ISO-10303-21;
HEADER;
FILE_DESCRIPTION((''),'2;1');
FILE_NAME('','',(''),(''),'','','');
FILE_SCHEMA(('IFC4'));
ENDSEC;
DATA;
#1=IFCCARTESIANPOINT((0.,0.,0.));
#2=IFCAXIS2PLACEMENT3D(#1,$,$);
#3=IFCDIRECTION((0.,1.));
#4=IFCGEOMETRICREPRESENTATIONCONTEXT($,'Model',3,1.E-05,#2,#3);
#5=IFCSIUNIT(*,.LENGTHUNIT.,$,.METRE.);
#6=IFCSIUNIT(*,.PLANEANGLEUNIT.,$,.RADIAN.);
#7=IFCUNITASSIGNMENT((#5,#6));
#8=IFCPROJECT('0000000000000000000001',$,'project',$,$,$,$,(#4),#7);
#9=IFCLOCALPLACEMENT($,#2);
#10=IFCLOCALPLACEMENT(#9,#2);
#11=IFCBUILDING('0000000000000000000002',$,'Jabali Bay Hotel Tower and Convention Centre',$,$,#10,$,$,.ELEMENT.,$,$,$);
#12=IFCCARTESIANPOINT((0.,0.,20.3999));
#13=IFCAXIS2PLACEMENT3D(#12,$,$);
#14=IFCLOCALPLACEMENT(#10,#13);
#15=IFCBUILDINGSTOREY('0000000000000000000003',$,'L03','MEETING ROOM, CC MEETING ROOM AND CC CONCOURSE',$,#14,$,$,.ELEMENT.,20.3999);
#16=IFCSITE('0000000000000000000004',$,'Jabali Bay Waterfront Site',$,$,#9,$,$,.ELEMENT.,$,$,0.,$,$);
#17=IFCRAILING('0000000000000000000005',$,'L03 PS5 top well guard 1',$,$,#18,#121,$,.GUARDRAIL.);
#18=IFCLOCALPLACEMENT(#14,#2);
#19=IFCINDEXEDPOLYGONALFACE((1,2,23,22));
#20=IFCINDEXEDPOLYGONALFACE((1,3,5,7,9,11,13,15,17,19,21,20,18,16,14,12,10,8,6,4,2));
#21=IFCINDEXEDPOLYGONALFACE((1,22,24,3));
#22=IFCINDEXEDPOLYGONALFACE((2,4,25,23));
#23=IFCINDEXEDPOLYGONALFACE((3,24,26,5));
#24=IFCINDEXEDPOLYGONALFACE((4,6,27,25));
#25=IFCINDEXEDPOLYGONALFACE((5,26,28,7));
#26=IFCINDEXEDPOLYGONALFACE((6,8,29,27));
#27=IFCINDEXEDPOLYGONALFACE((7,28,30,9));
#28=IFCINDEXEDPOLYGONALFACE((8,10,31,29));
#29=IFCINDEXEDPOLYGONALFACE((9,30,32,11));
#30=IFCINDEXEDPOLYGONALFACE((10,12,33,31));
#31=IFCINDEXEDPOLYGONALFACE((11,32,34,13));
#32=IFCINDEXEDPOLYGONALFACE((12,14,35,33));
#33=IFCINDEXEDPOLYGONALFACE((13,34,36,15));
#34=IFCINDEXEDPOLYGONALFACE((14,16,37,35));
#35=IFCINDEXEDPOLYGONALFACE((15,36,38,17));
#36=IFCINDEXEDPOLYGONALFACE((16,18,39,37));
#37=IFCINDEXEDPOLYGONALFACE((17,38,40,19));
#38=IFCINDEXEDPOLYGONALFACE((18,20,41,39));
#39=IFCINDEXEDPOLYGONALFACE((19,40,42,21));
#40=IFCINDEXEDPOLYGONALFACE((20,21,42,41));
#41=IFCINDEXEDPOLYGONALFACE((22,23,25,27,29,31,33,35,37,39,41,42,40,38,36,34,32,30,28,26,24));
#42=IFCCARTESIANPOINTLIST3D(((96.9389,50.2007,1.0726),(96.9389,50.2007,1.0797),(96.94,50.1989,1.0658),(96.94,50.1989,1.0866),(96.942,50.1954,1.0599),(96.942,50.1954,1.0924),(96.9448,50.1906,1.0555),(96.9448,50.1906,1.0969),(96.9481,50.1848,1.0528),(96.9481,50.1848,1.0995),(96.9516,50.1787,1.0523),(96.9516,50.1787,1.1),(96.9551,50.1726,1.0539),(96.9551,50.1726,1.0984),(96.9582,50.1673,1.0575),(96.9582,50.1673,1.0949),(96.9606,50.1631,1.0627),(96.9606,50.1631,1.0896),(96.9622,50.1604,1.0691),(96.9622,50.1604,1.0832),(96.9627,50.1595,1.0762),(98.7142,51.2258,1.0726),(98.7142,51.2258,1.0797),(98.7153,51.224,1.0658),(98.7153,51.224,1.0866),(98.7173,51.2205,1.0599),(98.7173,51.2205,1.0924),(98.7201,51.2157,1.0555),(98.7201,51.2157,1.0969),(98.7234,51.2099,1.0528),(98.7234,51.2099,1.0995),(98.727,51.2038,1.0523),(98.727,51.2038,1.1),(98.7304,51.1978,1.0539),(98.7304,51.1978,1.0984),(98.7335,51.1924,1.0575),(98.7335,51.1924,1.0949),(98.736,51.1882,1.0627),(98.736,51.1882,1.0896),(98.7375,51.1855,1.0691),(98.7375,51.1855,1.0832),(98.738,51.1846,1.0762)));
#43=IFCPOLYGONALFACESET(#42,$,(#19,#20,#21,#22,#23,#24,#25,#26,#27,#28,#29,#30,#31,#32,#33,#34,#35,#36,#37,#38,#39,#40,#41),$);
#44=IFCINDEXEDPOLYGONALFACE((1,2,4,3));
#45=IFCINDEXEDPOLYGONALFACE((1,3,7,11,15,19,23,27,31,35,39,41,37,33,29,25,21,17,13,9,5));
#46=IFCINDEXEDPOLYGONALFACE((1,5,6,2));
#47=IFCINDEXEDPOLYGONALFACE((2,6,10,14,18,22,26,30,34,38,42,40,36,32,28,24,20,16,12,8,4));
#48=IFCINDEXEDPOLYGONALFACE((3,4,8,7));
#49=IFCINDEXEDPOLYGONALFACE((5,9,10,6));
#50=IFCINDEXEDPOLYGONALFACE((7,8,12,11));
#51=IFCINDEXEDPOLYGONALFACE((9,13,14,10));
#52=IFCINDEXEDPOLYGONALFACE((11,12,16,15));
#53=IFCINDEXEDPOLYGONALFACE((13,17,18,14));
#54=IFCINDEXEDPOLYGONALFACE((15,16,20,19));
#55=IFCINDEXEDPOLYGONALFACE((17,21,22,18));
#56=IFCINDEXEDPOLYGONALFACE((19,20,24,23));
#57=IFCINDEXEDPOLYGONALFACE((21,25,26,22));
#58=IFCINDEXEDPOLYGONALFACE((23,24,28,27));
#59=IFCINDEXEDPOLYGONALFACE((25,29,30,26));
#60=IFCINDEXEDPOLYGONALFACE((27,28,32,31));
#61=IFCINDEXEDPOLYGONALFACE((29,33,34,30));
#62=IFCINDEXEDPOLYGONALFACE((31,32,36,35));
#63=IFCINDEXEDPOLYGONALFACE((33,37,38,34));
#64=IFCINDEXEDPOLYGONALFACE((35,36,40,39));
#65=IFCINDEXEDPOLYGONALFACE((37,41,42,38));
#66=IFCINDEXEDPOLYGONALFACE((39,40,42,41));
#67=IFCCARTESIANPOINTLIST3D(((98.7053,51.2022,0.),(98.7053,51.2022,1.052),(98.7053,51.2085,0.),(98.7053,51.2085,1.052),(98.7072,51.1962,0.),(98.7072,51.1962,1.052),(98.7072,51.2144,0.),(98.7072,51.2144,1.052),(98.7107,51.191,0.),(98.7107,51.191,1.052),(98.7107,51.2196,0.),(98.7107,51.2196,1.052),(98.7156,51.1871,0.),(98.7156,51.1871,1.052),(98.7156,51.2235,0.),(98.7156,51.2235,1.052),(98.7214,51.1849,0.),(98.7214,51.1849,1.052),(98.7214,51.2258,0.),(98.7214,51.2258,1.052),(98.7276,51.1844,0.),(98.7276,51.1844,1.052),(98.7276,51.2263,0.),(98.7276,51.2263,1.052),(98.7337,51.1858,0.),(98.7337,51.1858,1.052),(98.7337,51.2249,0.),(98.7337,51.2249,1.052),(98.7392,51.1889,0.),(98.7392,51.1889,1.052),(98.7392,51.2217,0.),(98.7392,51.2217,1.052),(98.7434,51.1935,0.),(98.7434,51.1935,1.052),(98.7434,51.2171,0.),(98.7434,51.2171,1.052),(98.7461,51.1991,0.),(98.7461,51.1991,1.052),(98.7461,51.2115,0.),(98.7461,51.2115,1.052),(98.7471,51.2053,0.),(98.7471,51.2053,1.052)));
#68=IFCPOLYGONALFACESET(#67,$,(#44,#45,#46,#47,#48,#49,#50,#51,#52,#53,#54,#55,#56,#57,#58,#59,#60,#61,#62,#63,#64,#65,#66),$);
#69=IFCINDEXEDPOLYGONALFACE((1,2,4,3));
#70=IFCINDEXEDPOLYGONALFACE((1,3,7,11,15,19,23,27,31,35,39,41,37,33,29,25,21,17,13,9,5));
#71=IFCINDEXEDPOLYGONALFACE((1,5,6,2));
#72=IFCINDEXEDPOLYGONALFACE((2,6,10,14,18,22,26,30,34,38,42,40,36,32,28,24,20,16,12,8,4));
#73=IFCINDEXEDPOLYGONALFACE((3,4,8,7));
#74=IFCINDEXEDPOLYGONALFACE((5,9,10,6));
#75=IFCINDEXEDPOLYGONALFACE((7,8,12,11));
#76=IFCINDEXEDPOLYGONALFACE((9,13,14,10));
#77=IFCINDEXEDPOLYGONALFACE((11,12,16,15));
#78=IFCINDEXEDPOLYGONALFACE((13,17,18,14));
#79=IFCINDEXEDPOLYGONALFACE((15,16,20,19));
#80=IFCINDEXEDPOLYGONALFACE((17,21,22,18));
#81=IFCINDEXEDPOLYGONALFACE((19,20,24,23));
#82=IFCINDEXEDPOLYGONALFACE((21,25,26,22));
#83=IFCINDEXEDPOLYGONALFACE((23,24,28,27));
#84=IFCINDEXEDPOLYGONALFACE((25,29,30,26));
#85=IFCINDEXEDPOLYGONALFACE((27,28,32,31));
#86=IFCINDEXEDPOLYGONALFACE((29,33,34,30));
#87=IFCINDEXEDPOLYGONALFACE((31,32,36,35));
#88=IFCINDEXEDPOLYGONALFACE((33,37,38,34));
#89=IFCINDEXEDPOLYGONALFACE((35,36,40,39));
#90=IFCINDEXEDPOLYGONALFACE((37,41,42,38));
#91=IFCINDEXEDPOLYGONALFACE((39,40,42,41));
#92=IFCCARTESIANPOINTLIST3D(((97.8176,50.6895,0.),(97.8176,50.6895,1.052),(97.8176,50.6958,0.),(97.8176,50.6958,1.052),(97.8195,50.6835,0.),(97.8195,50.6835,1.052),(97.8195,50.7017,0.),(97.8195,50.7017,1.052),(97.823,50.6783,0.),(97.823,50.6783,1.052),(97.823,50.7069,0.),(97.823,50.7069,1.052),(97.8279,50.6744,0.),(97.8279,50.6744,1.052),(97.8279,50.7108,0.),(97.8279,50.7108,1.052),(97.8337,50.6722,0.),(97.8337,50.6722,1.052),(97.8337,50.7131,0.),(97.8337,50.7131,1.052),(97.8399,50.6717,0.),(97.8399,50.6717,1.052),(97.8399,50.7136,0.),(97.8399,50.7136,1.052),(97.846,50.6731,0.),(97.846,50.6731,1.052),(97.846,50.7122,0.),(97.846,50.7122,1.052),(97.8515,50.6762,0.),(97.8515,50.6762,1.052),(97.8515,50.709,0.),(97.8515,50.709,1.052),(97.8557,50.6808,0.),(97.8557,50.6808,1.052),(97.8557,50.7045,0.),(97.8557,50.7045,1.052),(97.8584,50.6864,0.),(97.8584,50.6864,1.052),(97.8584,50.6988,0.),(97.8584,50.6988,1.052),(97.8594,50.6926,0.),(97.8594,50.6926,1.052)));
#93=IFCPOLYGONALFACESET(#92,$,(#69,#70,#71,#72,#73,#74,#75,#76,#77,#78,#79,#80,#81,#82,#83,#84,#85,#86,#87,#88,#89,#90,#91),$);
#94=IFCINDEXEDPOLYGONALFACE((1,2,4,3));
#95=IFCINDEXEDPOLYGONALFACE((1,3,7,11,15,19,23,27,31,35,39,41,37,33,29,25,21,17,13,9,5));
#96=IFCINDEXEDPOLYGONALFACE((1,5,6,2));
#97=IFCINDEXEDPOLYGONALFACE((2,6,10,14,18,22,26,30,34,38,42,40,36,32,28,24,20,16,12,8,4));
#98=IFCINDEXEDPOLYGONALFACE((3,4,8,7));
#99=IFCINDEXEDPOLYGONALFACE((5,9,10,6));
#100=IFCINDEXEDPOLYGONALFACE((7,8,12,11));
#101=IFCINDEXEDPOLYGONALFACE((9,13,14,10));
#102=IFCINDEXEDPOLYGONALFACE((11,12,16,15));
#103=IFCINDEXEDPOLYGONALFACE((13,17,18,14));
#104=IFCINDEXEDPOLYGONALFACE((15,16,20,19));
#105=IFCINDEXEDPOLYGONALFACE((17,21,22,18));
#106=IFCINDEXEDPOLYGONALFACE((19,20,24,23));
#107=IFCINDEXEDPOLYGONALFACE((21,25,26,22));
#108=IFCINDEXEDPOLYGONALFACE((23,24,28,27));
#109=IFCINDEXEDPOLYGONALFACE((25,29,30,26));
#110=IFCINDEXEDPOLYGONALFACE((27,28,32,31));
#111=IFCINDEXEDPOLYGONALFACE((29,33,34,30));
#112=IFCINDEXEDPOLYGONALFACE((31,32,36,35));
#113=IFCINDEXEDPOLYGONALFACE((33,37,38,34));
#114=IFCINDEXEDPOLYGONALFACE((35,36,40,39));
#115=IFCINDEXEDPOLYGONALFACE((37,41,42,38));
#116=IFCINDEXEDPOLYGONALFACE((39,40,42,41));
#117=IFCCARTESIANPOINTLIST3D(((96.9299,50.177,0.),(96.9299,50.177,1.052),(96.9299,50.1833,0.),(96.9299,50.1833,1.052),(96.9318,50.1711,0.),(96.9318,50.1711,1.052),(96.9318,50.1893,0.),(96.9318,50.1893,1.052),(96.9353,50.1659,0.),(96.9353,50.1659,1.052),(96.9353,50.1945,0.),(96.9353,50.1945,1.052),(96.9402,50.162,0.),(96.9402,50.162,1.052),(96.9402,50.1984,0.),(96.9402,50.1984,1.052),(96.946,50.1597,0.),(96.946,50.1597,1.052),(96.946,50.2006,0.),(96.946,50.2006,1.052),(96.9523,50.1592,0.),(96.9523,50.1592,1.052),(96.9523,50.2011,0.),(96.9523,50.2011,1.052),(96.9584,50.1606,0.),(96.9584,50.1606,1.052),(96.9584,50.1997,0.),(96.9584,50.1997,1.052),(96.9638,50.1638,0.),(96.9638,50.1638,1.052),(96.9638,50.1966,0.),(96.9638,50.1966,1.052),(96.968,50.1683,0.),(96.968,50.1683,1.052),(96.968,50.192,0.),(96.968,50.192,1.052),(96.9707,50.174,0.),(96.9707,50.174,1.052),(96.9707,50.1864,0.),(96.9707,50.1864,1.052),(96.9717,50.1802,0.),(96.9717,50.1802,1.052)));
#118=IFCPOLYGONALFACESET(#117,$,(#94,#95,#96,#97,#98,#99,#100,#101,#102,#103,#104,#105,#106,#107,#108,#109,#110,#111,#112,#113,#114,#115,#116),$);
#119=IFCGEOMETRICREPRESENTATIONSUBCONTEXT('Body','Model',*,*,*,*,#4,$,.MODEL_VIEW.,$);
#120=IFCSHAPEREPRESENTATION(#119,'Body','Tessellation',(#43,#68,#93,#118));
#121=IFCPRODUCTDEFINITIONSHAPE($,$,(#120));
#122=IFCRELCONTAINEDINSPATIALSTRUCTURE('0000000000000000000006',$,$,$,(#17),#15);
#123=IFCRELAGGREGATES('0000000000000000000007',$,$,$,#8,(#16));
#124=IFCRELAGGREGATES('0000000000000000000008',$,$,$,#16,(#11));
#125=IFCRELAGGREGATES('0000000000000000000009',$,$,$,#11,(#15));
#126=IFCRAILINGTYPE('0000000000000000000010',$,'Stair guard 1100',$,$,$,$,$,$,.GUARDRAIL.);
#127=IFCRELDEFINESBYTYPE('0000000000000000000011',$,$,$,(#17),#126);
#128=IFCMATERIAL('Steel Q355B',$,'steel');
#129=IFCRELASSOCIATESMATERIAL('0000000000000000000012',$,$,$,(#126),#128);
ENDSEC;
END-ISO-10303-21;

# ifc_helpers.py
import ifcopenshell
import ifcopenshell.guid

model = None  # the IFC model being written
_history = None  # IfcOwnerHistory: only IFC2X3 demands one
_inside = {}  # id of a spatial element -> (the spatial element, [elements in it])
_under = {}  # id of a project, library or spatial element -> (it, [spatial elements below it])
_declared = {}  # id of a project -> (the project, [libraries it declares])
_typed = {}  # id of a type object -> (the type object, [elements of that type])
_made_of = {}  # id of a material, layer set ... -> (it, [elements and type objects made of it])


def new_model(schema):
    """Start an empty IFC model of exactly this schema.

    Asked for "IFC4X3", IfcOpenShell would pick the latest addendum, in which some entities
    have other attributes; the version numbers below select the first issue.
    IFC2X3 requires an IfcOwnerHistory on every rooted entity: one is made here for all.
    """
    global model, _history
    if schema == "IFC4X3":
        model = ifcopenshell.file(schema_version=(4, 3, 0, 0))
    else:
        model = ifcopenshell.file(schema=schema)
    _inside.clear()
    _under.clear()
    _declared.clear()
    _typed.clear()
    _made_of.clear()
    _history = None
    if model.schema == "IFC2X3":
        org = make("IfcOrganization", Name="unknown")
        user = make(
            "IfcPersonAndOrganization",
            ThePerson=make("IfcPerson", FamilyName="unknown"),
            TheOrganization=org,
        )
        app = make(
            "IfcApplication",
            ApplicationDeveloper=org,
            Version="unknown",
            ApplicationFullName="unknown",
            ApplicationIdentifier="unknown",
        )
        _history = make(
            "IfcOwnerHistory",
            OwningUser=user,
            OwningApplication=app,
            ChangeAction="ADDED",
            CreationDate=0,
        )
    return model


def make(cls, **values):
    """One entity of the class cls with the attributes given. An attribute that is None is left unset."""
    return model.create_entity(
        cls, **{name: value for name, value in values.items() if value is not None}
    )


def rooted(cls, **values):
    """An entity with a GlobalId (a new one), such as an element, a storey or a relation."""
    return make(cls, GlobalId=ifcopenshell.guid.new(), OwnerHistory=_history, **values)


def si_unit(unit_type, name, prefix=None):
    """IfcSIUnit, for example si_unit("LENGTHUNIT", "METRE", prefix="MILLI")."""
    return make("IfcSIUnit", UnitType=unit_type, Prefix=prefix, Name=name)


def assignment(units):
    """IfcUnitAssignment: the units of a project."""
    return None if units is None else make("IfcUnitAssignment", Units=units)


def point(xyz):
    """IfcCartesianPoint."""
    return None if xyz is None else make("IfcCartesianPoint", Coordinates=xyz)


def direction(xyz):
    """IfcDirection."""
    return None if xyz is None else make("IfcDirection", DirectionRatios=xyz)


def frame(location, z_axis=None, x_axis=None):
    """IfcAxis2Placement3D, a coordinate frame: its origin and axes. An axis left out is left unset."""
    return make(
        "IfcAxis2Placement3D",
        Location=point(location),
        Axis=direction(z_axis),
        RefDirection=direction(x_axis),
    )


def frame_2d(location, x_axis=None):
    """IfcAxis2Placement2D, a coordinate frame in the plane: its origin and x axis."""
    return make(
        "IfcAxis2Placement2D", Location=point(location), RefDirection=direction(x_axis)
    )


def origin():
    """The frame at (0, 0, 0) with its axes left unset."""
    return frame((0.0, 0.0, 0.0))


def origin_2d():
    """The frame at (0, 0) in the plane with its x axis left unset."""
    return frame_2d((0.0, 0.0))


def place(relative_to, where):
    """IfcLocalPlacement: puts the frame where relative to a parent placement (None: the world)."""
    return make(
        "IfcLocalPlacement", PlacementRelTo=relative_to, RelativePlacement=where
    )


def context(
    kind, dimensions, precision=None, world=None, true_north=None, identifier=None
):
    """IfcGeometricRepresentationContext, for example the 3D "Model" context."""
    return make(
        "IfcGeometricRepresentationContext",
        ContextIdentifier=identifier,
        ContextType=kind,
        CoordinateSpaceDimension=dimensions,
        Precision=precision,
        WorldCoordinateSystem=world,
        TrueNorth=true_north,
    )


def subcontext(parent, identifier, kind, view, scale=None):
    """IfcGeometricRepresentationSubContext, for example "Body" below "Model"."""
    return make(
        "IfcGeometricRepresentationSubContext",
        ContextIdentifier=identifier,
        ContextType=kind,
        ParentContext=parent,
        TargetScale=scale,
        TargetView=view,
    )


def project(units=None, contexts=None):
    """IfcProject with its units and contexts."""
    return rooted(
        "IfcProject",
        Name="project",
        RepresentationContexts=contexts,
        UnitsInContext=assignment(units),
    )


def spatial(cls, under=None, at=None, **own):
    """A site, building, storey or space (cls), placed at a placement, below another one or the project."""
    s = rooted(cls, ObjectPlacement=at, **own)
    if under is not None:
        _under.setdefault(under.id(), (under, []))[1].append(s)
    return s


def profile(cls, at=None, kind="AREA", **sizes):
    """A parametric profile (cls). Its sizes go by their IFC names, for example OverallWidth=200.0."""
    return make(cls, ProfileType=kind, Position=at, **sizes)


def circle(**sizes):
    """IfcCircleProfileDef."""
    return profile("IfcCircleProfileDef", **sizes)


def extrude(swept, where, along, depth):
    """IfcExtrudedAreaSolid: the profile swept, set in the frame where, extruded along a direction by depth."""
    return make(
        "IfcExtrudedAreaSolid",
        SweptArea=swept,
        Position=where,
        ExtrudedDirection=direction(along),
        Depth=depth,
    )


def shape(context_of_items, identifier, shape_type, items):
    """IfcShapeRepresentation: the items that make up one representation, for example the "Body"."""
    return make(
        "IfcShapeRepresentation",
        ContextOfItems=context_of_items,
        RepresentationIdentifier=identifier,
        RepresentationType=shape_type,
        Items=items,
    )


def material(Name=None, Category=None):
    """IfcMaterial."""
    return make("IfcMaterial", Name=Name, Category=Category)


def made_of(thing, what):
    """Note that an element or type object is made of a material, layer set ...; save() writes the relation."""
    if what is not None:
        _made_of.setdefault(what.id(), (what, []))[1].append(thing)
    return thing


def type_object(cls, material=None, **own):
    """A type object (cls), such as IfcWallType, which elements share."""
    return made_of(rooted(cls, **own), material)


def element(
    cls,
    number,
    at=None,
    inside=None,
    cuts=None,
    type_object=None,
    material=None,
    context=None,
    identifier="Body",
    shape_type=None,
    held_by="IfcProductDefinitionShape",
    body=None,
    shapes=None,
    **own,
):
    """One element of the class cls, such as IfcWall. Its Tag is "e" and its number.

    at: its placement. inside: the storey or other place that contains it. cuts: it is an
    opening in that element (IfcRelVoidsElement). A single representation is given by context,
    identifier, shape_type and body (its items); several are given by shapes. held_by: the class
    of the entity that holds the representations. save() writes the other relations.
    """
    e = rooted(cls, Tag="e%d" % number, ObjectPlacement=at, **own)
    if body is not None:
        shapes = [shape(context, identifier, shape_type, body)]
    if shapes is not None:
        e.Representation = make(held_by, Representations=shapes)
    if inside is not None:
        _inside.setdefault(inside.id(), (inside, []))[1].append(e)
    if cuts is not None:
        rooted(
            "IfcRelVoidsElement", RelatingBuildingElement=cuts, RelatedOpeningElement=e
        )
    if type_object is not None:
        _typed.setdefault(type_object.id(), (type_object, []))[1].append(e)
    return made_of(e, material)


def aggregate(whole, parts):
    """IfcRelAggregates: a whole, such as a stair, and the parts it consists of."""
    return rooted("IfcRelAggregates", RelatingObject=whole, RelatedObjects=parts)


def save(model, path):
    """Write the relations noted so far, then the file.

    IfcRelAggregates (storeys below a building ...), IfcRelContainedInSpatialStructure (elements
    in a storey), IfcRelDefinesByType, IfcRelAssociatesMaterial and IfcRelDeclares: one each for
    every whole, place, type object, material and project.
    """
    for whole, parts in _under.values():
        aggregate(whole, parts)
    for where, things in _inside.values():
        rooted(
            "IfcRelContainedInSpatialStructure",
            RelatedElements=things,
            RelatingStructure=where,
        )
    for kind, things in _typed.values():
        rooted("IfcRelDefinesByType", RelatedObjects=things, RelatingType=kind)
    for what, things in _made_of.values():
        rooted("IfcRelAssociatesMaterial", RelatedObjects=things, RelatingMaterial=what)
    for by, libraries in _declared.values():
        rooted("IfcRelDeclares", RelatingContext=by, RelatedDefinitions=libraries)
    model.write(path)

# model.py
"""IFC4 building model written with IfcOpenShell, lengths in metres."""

from ifc_helpers import new_model, si_unit, direction, frame, origin, origin_2d, place, context, subcontext, project, spatial, circle, extrude, material, type_object, element, save


model = new_model("IFC4")

# Units and contexts
model_context = context("Model", 3, precision=1e-05, world=origin(), true_north=direction((0.0, 1.0)))
body_context = subcontext(model_context, "Body", "Model", "MODEL_VIEW")
ifc_project = project(units=[si_unit("LENGTHUNIT", "METRE"), si_unit("PLANEANGLEUNIT", "RADIAN")], contexts=[model_context])

# Site, building, storey
site_placement = place(None, origin())
site = spatial("IfcSite", under=ifc_project, at=site_placement, Name="Jabali Bay Waterfront Site", CompositionType="ELEMENT", RefElevation=0.0)
building_placement = place(site_placement, origin())
building = spatial("IfcBuilding", under=site, at=building_placement, Name="Jabali Bay Hotel Tower and Convention Centre", CompositionType="ELEMENT")
storey_placement = place(building_placement, frame((0.0, 0.0, 20.3999)))
storey = spatial("IfcBuildingStorey", under=building, at=storey_placement, Name="L03", Description="MEETING ROOM, CC MEETING ROOM AND CC CONCOURSE", CompositionType="ELEMENT", Elevation=20.3999)

# Railing
ifc_material_1 = material(Name="Steel Q355B", Category="steel")
railing_type_1 = type_object("IfcRailingType", Name="Stair guard 1100", PredefinedType="GUARDRAIL", material=ifc_material_1)
railing_1_placement = place(storey_placement, frame((98.7261, 51.2053, 0.0)))
element("IfcRailing", 1, at=railing_1_placement, inside=storey, type_object=railing_type_1, Name="L03 PS5 top well guard 1", PredefinedType="GUARDRAIL", context=body_context, shape_type="SweptSolid", body=[
    extrude(circle(Radius=0.0239, at=origin_2d()), frame((0.0, 0.0, 1.0762), z_axis=(-0.865999, -0.500045, 0.0), x_axis=(0.500045, -0.865999, 0.0)), (0.0, 0.0, 1.0), 2.05),
    extrude(circle(Radius=0.021, at=origin_2d()), origin(), (0.0, 0.0, 1.0), 1.052),
    extrude(circle(Radius=0.021, at=origin_2d()), frame((-0.8877, -0.5127, 0.0)), (0.0, 0.0, 1.0), 1.052),
    extrude(circle(Radius=0.021, at=origin_2d()), frame((-1.7754, -1.0251, 0.0)), (0.0, 0.0, 1.0), 1.052),
])

save(model, "model.ifc")
